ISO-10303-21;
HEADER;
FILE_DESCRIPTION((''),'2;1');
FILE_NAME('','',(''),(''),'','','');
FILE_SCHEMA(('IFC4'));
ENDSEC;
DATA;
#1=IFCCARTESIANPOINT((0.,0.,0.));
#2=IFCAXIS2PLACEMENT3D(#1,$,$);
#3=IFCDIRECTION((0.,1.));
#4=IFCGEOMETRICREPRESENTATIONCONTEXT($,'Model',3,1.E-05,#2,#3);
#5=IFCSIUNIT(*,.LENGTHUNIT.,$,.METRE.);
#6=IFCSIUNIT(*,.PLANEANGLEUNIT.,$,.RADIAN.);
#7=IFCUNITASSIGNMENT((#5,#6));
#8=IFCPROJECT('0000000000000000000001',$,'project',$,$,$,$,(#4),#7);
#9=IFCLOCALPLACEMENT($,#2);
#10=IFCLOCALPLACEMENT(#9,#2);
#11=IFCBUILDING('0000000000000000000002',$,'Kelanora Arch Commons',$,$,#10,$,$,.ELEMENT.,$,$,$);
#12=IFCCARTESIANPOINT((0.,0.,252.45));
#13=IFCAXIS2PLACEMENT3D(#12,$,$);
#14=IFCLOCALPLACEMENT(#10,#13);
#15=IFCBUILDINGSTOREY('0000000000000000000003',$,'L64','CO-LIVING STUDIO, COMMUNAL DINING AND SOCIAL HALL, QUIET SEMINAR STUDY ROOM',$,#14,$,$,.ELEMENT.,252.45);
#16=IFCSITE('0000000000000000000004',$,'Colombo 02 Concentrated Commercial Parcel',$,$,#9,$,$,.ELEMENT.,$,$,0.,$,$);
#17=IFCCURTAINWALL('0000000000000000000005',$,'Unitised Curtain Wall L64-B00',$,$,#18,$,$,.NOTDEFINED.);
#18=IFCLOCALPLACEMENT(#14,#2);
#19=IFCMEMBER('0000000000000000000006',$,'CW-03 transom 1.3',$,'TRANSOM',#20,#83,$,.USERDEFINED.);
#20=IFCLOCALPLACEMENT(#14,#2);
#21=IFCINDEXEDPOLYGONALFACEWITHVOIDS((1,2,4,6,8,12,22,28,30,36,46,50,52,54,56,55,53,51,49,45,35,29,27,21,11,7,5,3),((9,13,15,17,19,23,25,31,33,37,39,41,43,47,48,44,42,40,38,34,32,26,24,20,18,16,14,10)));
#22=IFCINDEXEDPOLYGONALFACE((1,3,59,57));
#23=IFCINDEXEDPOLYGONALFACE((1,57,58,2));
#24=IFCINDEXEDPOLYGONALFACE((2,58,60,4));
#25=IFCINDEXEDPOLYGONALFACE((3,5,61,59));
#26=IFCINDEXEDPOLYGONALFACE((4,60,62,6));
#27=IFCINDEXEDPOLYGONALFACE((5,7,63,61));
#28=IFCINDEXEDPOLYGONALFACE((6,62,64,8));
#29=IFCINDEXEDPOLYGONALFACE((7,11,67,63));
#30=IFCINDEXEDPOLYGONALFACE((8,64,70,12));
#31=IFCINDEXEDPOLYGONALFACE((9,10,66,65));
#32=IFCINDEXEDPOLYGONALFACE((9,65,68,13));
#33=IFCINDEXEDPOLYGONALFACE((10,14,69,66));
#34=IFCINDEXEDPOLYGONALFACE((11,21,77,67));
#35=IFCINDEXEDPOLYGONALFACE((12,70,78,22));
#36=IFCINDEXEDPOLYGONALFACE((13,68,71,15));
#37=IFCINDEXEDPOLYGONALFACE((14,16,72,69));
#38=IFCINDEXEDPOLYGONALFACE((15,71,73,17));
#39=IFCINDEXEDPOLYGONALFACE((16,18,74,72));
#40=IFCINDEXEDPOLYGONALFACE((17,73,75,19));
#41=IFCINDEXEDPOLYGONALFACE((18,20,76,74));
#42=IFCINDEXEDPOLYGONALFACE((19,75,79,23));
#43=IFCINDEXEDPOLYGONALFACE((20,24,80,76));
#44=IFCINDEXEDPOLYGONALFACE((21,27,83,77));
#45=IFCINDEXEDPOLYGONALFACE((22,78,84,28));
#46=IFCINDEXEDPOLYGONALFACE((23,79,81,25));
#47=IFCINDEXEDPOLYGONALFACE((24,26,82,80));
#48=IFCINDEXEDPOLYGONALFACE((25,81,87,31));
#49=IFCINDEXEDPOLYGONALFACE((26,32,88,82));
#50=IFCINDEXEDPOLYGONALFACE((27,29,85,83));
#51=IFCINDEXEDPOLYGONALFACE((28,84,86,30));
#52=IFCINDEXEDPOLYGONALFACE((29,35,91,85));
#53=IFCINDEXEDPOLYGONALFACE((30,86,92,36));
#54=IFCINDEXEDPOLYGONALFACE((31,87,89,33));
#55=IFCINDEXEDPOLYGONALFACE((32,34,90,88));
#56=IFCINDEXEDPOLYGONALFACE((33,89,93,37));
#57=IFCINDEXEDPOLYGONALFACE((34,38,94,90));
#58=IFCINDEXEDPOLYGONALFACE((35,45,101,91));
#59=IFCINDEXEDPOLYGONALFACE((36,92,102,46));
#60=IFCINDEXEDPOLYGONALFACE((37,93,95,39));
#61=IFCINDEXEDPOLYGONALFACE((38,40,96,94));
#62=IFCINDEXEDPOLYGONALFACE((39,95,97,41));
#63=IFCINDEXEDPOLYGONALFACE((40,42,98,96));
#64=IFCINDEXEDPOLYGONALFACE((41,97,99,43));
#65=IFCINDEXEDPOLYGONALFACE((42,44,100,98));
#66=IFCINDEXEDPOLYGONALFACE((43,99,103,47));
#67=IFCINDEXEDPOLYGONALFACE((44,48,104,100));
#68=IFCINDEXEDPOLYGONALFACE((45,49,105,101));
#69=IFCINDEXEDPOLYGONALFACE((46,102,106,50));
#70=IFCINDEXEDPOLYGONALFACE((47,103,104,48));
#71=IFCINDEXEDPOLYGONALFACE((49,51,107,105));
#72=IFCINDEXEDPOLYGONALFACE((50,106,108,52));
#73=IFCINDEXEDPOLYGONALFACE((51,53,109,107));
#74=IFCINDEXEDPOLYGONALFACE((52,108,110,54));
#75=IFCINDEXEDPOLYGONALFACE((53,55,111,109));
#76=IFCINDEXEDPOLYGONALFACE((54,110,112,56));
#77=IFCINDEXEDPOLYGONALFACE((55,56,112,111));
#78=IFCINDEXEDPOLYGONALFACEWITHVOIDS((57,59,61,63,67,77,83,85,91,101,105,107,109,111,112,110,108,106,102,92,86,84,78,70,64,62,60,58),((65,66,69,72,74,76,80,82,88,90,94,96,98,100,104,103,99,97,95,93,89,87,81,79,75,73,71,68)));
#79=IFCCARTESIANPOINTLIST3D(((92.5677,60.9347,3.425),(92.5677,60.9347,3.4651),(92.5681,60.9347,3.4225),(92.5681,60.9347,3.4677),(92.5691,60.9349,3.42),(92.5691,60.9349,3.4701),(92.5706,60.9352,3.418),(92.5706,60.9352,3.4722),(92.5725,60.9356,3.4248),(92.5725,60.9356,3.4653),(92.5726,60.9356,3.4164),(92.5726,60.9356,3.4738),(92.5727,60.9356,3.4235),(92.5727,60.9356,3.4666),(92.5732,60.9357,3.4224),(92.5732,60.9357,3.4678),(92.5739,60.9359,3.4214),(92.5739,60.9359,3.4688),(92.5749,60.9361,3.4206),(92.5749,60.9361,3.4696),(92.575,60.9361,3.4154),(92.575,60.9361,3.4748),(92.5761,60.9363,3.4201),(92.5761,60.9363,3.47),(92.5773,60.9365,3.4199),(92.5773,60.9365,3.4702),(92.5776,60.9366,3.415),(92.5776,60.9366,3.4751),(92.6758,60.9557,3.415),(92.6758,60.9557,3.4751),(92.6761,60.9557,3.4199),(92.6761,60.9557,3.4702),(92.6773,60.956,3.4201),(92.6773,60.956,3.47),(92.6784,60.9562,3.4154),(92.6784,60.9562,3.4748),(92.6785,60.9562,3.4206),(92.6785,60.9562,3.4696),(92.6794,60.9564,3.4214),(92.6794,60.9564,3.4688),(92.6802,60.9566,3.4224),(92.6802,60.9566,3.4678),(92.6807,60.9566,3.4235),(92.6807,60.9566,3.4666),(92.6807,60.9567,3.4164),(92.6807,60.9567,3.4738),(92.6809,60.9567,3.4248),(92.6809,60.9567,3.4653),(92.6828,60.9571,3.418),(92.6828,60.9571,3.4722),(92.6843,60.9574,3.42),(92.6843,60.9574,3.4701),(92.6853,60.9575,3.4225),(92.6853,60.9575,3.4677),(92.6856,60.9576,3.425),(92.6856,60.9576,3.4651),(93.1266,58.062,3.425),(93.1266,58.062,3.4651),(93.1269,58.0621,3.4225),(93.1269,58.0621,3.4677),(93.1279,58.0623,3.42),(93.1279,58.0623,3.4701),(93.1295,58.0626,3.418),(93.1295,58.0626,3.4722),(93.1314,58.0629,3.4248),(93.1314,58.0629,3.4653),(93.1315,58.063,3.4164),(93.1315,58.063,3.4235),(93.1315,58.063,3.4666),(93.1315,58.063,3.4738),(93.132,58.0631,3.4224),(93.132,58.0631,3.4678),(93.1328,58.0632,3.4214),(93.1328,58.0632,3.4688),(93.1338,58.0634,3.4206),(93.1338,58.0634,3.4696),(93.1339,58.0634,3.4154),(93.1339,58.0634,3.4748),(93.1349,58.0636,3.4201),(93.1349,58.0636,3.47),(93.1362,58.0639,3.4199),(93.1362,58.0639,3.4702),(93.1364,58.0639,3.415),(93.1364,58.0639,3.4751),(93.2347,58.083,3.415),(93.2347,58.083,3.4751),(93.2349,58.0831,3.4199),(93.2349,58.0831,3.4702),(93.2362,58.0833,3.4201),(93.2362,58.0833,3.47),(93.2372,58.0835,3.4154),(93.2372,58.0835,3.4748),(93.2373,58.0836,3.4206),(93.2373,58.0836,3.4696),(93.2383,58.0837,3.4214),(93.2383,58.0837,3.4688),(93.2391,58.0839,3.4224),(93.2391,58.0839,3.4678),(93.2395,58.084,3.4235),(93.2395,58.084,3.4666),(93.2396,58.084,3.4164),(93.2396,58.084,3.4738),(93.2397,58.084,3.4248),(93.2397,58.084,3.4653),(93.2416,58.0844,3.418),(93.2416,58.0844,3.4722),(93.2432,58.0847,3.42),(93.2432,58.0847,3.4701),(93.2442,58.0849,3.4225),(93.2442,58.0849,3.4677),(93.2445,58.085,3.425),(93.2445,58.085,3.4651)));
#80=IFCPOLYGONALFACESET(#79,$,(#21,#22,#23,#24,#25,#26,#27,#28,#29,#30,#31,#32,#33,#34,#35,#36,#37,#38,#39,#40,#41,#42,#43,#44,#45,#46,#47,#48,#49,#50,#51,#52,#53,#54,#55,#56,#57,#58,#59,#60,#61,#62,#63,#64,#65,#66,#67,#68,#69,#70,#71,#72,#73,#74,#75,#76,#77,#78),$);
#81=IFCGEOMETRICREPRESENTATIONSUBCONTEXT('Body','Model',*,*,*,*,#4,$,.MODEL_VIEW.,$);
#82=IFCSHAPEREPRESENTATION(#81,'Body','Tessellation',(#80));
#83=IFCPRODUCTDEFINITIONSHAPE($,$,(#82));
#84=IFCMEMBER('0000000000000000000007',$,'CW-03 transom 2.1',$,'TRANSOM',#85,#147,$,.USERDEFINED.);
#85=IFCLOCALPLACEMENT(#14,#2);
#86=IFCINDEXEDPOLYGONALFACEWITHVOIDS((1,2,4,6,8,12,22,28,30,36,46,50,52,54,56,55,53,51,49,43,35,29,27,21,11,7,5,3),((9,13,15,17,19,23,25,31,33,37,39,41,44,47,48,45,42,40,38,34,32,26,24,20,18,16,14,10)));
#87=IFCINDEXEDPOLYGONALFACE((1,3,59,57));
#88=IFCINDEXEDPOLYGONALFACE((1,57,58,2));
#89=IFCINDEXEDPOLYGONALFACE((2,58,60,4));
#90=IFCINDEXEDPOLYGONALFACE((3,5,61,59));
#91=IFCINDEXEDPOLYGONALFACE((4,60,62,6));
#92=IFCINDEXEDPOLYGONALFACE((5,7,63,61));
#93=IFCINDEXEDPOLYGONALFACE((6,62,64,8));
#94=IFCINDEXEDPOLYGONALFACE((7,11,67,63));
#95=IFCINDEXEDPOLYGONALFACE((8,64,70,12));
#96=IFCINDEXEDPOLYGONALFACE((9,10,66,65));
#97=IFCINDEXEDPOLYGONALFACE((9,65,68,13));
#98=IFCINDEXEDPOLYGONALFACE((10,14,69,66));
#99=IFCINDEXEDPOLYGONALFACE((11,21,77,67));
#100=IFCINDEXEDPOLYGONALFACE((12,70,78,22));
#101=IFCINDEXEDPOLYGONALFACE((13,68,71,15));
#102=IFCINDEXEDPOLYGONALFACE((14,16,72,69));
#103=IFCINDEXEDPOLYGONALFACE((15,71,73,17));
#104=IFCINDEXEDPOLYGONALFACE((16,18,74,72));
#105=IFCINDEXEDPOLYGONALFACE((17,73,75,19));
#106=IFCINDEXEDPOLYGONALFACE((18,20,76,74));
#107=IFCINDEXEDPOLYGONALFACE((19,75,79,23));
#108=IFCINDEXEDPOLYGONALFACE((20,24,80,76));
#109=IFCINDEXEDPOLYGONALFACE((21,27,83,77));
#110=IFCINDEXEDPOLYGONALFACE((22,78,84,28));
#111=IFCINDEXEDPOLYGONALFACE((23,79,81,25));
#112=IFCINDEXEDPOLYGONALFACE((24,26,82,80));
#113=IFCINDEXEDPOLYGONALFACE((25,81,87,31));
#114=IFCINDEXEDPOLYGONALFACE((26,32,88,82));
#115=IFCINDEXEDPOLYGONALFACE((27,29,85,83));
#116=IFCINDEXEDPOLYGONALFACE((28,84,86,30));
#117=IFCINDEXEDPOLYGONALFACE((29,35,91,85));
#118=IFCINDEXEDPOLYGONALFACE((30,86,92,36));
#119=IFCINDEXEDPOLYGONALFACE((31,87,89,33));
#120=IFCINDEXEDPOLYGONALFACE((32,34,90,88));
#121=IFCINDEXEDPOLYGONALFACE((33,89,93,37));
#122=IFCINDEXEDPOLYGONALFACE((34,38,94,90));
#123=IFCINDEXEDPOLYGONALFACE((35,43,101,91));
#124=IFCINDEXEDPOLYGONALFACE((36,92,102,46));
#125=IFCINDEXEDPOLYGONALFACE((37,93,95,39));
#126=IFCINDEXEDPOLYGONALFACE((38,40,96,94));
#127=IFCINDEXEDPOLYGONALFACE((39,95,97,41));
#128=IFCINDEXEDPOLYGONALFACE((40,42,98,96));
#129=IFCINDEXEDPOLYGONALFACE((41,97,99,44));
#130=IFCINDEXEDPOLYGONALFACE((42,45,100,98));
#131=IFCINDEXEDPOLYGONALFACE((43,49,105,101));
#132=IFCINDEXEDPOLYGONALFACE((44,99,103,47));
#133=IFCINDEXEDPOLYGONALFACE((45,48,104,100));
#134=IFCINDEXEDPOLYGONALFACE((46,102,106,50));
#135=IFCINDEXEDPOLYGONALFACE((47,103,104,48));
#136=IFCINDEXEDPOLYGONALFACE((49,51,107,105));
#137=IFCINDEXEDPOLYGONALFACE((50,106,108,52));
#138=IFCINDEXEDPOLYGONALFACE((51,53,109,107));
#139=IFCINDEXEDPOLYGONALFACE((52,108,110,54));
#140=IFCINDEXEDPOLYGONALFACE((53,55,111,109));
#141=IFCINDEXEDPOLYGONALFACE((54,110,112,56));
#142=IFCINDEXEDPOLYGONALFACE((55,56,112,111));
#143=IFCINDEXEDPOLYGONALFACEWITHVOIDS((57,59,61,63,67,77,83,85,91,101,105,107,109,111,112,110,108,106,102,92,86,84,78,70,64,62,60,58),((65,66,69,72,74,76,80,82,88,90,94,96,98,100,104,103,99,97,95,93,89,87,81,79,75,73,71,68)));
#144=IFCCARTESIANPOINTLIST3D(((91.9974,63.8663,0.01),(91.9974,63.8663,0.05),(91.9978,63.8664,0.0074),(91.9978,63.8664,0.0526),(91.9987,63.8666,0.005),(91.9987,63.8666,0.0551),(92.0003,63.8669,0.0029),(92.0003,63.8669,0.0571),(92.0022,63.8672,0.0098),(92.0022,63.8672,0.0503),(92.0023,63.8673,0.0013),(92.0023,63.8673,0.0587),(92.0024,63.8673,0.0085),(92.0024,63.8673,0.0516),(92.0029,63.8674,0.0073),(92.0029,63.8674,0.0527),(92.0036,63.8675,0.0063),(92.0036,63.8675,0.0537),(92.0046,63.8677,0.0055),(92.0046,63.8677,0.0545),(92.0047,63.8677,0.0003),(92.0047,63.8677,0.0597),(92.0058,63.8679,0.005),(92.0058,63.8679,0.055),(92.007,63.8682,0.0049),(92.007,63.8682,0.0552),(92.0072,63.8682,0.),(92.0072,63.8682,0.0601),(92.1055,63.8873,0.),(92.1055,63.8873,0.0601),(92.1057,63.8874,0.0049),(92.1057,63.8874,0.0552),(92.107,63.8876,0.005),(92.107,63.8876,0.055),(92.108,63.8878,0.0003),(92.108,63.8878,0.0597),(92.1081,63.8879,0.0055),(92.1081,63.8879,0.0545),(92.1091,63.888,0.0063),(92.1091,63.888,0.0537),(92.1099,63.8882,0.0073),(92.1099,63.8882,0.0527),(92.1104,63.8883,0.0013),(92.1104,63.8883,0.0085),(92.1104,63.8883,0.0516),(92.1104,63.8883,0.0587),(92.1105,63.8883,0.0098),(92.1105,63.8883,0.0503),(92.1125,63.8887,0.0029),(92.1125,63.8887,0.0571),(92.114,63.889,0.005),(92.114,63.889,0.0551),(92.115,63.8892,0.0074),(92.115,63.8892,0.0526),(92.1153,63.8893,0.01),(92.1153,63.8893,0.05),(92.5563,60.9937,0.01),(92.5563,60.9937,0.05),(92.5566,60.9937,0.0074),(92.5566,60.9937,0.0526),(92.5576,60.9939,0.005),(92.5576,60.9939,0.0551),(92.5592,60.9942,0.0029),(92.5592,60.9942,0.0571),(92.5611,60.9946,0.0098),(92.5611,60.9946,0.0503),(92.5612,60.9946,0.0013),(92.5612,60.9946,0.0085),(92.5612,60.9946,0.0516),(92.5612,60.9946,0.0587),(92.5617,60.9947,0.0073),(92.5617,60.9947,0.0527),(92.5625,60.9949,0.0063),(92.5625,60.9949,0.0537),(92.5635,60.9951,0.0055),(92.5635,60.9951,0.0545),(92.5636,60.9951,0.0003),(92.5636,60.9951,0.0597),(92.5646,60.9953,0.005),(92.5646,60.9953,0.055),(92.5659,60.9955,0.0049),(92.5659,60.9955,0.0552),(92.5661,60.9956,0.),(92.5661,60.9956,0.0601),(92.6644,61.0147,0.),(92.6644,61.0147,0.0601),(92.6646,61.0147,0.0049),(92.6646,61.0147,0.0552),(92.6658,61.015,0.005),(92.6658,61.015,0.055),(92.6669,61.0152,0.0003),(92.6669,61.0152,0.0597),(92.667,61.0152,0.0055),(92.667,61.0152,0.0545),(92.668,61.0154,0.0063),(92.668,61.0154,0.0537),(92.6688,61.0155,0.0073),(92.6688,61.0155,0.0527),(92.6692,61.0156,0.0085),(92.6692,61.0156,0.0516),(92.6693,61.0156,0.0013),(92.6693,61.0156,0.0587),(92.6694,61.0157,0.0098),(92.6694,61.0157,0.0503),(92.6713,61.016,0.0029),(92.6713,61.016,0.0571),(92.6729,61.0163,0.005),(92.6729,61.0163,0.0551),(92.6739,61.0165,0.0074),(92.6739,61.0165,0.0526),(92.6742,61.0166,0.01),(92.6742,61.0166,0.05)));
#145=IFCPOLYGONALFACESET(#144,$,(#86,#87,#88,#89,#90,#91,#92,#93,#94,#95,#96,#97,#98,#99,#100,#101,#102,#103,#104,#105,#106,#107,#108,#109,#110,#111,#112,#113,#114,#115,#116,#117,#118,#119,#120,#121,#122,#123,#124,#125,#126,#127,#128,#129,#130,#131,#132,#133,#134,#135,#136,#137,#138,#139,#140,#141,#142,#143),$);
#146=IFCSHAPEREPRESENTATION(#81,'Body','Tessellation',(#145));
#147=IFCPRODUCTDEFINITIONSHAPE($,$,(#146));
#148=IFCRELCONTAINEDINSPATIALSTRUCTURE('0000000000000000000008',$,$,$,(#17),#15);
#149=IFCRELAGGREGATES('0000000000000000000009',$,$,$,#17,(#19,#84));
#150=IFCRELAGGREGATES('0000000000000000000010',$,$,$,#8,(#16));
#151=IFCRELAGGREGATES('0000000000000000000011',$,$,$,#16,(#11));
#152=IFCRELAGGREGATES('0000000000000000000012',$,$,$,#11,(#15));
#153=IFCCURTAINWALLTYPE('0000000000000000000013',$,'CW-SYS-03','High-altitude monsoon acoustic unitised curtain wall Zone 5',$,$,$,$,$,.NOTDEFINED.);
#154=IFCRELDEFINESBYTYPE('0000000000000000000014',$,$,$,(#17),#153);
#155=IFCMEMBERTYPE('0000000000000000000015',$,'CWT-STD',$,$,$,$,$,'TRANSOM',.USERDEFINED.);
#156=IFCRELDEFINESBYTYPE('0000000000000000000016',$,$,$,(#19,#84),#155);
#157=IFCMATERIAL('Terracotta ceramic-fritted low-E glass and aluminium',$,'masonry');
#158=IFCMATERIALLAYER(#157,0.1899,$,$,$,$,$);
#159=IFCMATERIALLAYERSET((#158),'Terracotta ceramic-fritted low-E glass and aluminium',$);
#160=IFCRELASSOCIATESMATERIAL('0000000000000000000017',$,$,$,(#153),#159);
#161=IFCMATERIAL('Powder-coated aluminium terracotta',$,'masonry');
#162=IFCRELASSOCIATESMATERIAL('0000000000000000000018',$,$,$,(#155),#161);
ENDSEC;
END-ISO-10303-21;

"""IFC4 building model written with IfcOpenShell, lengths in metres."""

from ifc_helpers import new_model, si_unit, direction, frame, origin, origin_2d, place, context, subcontext, project, spatial, hollow_rectangle, extrude, material, layer, layer_set, material_profile, profile_set, type_object, element, aggregate, save


model = new_model("IFC4")

# Units and contexts
model_context = context("Model", 3, precision=1e-05, world=origin(), true_north=direction((0.0, 1.0)))
body_context = subcontext(model_context, "Body", "Model", "MODEL_VIEW")
ifc_project = project(units=[si_unit("LENGTHUNIT", "METRE"), si_unit("PLANEANGLEUNIT", "RADIAN")], contexts=[model_context])

# Site, building, storey
site_placement = place(None, origin())
site = spatial("IfcSite", under=ifc_project, at=site_placement, Name="Colombo 02 Concentrated Commercial Parcel", CompositionType="ELEMENT", RefElevation=0.0)
building_placement = place(site_placement, origin())
building = spatial("IfcBuilding", under=site, at=building_placement, Name="Kelanora Arch Commons", CompositionType="ELEMENT")
storey_placement = place(building_placement, frame((0.0, 0.0, 252.45)))
storey = spatial("IfcBuildingStorey", under=building, at=storey_placement, Name="L64", Description="CO-LIVING STUDIO, COMMUNAL DINING AND SOCIAL HALL, QUIET SEMINAR STUDY ROOM", CompositionType="ELEMENT", Elevation=252.45)

# Curtain wall, members
ifc_material_1 = material(Name="Terracotta ceramic-fritted low-E glass and aluminium", Category="masonry")
ifc_layer_1 = layer(ifc_material_1, 0.1899)
ifc_layer_set_1 = layer_set([ifc_layer_1], Name="Terracotta ceramic-fritted low-E glass and aluminium")
curtain_wall_type = type_object("IfcCurtainWallType", Name="CW-SYS-03", Description="High-altitude monsoon acoustic unitised curtain wall Zone 5", PredefinedType="NOTDEFINED", material=ifc_layer_set_1)
curtain_wall_placement = place(storey_placement, origin())
curtain_wall = element("IfcCurtainWall", 1, at=curtain_wall_placement, inside=storey, type_object=curtain_wall_type, Name="Unitised Curtain Wall L64-B00", PredefinedType="NOTDEFINED")
ifc_material_2 = material(Name="Powder-coated aluminium terracotta", Category="masonry")
ifc_material_profile_1 = material_profile(ifc_material_2, hollow_rectangle(XDim=0.1201, YDim=0.0601, WallThickness=0.0049, InnerFilletRadius=0.0049, OuterFilletRadius=0.01, at=origin_2d()), Name="CWT120x60")
ifc_profile_set_1 = profile_set([ifc_material_profile_1], Name="Powder-coated aluminium terracotta")
member_type_1 = type_object("IfcMemberType", Name="CWT-STD", ElementType="TRANSOM", PredefinedType="USERDEFINED", material=ifc_profile_set_1)
member_1_placement = place(storey_placement, frame((93.1855, 58.0735, 3.4451), z_axis=(-0.190963, 0.981597, 0.0), x_axis=(-0.981597, -0.190963, 0.0)))
member_1 = element("IfcMember", 2, at=member_1_placement, type_object=member_type_1, Name="CW-03 transom 1.3", ObjectType="TRANSOM", PredefinedType="USERDEFINED", context=body_context, shape_type="SweptSolid", body=[
    extrude(hollow_rectangle(XDim=0.1201, YDim=0.0601, WallThickness=0.0049, InnerFilletRadius=0.0049, OuterFilletRadius=0.01, at=origin_2d()), origin(), (0.0, 0.0, 1.0), 2.9265),
])
member_2_placement = place(storey_placement, frame((92.6152, 61.0051, 0.03), z_axis=(-0.190963, 0.981597, 0.0), x_axis=(-0.981597, -0.190963, 0.0)))
member_2 = element("IfcMember", 3, at=member_2_placement, type_object=member_type_1, Name="CW-03 transom 2.1", ObjectType="TRANSOM", PredefinedType="USERDEFINED", context=body_context, shape_type="SweptSolid", body=[
    extrude(hollow_rectangle(XDim=0.1201, YDim=0.0601, WallThickness=0.0049, InnerFilletRadius=0.0049, OuterFilletRadius=0.01, at=origin_2d()), origin(), (0.0, 0.0, 1.0), 2.9265),
])
aggregate(curtain_wall, [member_1, member_2])

save(model, "model.ifc")
